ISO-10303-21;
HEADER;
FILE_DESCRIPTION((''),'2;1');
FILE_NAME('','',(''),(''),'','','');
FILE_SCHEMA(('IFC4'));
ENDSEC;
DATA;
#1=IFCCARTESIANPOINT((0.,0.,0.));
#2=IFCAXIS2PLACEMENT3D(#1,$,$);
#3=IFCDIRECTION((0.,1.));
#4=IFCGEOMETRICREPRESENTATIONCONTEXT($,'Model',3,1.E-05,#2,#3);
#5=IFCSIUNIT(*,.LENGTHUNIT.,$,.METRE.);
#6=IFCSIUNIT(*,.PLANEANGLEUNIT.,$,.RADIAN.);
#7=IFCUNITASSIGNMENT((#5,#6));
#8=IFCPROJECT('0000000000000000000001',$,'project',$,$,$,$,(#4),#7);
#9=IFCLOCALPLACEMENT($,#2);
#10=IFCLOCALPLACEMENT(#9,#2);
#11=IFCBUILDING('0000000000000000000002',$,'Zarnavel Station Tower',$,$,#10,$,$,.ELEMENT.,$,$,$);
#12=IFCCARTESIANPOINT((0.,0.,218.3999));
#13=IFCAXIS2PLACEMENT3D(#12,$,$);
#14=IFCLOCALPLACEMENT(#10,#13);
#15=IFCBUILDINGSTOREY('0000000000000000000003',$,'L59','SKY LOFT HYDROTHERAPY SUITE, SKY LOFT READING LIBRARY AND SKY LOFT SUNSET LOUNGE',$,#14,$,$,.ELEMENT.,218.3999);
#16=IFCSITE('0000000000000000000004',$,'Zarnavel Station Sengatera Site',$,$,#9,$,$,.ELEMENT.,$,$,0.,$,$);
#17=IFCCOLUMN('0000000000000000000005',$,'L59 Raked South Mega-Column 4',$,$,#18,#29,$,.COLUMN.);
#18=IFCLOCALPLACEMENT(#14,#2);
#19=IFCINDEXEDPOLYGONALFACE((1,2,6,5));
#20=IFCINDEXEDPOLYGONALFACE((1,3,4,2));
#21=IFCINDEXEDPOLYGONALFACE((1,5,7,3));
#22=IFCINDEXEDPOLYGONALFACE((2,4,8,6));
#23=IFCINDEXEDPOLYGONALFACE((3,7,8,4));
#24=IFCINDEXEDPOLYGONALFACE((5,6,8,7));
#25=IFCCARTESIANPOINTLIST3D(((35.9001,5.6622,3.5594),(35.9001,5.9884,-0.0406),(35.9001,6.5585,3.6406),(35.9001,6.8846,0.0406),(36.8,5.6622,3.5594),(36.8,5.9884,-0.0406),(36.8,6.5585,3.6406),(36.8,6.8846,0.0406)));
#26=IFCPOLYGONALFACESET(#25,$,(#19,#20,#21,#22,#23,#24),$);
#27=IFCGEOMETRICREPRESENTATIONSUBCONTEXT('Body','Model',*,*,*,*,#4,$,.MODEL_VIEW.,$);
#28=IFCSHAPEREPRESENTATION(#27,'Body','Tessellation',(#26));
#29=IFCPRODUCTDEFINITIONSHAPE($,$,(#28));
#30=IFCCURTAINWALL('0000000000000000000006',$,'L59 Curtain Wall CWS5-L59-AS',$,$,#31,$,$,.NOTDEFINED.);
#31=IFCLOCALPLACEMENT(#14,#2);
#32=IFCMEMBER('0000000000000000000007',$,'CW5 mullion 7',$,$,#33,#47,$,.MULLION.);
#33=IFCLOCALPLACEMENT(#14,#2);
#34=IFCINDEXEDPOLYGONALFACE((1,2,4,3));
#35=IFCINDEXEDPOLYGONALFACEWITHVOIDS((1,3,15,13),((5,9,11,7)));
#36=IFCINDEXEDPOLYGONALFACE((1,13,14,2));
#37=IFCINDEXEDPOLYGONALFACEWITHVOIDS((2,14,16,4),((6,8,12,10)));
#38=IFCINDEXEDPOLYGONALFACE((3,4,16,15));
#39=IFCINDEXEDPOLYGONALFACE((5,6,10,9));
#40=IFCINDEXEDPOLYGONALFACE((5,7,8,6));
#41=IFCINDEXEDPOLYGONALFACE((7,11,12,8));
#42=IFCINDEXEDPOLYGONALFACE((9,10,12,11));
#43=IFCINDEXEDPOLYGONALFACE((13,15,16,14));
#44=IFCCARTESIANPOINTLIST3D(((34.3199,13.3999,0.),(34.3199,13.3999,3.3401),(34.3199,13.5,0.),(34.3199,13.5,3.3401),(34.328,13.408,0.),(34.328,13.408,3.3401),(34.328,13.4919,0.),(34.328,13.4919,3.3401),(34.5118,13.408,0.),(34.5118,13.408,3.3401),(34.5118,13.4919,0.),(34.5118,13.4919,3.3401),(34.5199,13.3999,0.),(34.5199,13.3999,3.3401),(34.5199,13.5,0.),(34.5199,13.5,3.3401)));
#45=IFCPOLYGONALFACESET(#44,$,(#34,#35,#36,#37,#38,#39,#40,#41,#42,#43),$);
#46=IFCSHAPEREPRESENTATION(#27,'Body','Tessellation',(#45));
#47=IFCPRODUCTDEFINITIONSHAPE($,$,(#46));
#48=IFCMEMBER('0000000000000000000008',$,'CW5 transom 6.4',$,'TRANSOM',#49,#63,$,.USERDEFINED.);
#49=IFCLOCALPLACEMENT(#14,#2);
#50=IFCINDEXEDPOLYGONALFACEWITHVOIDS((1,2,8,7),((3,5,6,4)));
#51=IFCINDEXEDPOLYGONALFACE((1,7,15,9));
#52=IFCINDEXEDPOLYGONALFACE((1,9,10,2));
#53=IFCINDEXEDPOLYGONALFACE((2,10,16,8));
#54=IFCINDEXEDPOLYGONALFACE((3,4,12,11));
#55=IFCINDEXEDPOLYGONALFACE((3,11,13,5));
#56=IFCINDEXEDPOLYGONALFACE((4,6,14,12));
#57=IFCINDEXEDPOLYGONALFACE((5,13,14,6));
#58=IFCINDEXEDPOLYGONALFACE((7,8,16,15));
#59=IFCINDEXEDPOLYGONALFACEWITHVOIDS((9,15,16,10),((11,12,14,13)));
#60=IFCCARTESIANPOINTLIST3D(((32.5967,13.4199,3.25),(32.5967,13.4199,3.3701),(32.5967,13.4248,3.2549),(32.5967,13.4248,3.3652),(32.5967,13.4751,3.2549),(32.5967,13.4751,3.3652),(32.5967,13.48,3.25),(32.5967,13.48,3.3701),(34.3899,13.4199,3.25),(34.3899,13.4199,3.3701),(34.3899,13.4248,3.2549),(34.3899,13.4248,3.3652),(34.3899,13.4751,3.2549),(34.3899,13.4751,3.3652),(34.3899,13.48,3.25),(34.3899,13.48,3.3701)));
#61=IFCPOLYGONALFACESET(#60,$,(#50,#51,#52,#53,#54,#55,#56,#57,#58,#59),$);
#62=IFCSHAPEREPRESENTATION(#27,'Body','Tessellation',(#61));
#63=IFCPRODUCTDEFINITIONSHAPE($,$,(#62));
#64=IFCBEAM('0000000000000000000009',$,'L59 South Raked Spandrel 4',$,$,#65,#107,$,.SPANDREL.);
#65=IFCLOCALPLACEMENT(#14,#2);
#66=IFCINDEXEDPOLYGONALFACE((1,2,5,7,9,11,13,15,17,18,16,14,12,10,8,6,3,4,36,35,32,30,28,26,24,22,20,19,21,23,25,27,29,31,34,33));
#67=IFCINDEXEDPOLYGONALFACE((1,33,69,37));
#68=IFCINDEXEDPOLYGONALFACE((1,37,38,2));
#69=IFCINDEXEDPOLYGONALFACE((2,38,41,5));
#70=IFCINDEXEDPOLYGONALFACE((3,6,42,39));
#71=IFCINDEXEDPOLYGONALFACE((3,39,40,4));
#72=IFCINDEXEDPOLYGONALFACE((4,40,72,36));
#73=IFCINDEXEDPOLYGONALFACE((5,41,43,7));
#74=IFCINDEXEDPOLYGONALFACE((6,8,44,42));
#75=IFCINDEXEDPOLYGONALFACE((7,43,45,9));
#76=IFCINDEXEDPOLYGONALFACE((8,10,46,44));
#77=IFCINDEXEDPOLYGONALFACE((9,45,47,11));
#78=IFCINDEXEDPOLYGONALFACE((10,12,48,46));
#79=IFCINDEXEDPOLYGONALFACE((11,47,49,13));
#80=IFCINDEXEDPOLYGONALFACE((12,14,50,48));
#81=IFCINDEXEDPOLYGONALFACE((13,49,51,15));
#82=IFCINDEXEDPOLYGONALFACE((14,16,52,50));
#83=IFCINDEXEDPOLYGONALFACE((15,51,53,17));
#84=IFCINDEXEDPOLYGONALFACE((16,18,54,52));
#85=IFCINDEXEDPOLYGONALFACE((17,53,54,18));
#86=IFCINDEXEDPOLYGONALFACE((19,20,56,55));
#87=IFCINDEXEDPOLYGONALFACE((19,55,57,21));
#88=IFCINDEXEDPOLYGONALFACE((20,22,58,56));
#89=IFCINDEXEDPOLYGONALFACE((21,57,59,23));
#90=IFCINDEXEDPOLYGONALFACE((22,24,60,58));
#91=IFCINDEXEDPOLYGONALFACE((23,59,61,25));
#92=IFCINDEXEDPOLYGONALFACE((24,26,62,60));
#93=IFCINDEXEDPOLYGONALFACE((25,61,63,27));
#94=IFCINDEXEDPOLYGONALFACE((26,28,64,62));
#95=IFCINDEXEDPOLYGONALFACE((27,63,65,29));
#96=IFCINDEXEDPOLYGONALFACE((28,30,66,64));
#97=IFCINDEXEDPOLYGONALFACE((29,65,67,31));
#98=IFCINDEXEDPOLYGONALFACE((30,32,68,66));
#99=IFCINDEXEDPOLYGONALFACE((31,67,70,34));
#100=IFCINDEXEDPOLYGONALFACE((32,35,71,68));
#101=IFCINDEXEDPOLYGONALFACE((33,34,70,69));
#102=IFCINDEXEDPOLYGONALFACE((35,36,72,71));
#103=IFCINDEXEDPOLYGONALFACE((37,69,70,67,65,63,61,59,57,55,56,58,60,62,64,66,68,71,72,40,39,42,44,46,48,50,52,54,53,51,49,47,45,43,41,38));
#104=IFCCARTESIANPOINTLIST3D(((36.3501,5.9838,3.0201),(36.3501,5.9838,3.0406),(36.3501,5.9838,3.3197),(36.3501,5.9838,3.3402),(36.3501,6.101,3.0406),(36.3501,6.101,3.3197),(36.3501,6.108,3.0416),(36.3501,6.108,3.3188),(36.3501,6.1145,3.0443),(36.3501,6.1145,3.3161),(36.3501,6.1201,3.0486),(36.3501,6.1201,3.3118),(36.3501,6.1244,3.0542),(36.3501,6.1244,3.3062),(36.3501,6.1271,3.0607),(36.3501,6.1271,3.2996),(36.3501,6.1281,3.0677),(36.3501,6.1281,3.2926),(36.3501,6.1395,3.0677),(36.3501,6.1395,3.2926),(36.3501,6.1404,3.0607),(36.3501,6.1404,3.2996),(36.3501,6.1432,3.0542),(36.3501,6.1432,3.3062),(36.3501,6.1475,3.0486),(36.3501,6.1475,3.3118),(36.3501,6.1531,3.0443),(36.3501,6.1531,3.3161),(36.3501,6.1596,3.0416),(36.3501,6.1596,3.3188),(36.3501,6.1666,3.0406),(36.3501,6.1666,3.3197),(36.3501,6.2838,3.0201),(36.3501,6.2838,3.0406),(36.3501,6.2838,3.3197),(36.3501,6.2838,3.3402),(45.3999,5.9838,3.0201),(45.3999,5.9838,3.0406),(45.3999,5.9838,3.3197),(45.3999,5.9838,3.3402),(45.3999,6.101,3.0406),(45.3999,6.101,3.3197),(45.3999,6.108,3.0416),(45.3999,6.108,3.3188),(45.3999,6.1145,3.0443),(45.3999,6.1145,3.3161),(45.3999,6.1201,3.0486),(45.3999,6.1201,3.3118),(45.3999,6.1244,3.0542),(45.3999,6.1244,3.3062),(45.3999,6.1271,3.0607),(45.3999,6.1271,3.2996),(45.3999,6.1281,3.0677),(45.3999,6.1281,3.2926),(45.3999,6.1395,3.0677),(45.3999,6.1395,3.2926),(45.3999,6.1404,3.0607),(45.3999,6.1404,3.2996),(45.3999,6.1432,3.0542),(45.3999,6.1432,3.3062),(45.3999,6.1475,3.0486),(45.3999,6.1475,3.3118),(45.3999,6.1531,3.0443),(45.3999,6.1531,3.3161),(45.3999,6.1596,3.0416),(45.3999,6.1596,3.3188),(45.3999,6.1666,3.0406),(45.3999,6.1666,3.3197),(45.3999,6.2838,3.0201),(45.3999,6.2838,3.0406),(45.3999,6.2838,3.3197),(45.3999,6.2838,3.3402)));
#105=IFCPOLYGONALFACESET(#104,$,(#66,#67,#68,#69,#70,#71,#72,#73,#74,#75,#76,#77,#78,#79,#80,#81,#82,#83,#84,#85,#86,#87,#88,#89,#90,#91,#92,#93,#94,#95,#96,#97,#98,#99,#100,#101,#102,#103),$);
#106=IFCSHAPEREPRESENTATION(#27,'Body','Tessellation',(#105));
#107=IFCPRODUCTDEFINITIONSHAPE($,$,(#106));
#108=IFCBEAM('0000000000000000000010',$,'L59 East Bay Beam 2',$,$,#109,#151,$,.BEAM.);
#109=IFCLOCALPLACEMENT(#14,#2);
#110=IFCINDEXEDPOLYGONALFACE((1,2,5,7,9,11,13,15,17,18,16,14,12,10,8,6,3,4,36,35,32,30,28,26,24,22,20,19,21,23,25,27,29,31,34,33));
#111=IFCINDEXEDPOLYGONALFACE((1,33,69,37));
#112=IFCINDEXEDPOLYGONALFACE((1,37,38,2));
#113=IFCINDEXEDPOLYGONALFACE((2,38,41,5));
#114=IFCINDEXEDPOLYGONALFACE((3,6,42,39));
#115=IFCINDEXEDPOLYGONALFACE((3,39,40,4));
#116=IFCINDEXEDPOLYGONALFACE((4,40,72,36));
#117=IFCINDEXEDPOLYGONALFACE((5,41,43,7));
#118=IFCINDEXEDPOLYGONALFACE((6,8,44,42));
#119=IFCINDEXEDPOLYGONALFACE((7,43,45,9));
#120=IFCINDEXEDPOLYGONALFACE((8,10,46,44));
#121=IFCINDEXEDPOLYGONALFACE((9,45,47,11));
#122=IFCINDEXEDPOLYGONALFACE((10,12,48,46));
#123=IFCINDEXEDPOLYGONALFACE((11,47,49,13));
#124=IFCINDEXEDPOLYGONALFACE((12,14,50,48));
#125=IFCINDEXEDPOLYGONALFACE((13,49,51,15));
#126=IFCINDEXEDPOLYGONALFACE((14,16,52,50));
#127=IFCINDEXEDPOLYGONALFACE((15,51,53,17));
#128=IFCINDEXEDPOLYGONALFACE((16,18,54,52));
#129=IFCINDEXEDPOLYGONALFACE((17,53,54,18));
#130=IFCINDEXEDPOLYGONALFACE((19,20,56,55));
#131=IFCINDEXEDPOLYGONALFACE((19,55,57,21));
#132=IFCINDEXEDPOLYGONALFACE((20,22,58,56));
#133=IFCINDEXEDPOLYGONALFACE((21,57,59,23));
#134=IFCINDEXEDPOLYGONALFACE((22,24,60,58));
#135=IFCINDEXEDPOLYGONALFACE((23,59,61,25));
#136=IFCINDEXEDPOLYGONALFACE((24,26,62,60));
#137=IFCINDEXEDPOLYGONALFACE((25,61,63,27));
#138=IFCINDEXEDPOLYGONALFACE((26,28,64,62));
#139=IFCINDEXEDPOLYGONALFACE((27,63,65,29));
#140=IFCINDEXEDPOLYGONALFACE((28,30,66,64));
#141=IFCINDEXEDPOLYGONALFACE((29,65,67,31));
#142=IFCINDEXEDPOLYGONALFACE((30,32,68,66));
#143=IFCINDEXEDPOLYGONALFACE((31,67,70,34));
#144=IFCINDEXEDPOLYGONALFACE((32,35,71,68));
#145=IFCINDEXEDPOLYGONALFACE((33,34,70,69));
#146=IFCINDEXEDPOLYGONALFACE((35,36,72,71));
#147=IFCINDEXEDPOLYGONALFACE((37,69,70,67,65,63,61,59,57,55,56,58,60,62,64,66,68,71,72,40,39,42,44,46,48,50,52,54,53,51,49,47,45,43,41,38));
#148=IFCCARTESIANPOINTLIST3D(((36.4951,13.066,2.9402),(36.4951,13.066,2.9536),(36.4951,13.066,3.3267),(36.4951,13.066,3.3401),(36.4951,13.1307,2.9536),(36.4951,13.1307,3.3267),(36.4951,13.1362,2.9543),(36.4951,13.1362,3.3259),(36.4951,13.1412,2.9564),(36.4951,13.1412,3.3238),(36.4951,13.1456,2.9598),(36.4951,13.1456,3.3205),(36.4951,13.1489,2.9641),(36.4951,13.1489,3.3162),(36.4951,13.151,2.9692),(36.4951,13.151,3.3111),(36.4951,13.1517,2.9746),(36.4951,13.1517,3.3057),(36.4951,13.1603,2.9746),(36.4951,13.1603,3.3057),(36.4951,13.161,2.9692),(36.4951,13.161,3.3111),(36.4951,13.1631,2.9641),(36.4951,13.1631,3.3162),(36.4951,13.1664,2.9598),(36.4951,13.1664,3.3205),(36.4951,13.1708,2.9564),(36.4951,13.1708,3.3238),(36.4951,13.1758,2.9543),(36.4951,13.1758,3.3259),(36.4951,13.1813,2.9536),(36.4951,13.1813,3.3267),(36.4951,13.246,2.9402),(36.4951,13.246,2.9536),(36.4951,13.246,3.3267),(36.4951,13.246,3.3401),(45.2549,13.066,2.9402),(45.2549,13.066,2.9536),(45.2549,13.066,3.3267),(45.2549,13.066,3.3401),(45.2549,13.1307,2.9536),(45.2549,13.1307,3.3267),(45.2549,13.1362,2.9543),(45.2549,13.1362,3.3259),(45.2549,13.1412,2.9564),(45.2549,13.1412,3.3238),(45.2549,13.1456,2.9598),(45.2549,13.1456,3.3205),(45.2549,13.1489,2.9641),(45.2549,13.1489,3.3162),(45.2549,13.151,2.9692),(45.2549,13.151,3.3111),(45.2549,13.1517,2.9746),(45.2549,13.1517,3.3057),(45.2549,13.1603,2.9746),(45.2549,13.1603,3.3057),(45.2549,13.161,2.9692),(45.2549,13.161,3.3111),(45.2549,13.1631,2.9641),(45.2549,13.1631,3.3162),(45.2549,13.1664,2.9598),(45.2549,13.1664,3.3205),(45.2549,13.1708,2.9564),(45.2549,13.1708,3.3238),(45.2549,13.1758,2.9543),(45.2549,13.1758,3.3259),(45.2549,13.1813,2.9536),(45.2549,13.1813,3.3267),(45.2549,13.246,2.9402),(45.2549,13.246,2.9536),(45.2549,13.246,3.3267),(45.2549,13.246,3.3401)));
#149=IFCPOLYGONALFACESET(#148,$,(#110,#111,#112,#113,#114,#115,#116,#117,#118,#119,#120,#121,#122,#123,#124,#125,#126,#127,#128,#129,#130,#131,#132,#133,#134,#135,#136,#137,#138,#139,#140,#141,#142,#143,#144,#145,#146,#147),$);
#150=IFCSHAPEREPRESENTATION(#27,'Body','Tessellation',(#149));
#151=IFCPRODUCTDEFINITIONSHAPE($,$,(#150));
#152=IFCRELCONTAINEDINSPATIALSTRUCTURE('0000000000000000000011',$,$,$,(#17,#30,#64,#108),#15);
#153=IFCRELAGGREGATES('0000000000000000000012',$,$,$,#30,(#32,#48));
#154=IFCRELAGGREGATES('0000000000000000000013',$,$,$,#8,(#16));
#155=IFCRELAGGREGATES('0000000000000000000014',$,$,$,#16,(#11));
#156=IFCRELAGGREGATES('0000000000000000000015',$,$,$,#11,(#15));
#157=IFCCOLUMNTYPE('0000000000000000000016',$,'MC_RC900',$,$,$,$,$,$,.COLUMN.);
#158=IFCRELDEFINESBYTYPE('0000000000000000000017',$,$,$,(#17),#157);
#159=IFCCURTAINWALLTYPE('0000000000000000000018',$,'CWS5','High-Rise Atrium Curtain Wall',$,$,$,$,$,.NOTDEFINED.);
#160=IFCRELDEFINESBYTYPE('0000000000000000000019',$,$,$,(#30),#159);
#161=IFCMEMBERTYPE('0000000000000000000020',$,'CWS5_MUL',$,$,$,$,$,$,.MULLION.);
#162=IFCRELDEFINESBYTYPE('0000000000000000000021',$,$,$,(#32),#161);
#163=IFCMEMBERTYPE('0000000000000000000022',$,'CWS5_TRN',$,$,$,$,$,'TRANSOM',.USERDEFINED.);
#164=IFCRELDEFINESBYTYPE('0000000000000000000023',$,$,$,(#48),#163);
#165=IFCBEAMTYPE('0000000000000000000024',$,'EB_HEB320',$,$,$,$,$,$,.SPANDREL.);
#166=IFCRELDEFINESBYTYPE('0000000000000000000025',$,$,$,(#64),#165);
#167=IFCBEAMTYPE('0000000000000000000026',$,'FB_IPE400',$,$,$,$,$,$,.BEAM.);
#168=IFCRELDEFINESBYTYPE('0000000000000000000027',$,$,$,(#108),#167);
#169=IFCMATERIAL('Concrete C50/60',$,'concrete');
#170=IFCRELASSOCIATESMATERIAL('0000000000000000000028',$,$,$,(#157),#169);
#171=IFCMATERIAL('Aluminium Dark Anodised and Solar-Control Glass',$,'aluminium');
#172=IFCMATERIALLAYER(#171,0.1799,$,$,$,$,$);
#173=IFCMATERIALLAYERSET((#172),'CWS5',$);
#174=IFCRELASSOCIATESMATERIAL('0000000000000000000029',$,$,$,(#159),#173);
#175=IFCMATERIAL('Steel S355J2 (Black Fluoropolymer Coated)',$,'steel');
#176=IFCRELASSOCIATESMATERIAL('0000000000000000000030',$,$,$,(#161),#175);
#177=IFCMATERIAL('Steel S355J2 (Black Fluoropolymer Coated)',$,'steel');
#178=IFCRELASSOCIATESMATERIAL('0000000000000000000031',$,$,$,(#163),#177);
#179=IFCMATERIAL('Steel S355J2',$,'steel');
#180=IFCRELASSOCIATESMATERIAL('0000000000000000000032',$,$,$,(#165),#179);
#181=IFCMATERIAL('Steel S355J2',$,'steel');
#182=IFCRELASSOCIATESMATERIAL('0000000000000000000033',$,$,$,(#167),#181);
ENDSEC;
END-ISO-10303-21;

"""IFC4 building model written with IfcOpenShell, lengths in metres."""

from ifc_helpers import new_model, si_unit, direction, frame, origin, origin_2d, place, context, subcontext, project, spatial, rectangle, hollow_rectangle, i_section, extrude, material, layer, layer_set, material_profile, profile_set, type_object, element, aggregate, save


model = new_model("IFC4")

# Units and contexts
model_context = context("Model", 3, precision=1e-05, world=origin(), true_north=direction((0.0, 1.0)))
body_context = subcontext(model_context, "Body", "Model", "MODEL_VIEW")
ifc_project = project(units=[si_unit("LENGTHUNIT", "METRE"), si_unit("PLANEANGLEUNIT", "RADIAN")], contexts=[model_context])

# Site, building, storey
site_placement = place(None, origin())
site = spatial("IfcSite", under=ifc_project, at=site_placement, Name="Zarnavel Station Sengatera Site", CompositionType="ELEMENT", RefElevation=0.0)
building_placement = place(site_placement, origin())
building = spatial("IfcBuilding", under=site, at=building_placement, Name="Zarnavel Station Tower", CompositionType="ELEMENT")
storey_placement = place(building_placement, frame((0.0, 0.0, 218.3999)))
storey = spatial("IfcBuildingStorey", under=building, at=storey_placement, Name="L59", Description="SKY LOFT HYDROTHERAPY SUITE, SKY LOFT READING LIBRARY AND SKY LOFT SUNSET LOUNGE", CompositionType="ELEMENT", Elevation=218.3999)

# Column
ifc_material_1 = material(Name="Concrete C50/60", Category="concrete")
ifc_material_profile_1 = material_profile(ifc_material_1, rectangle(XDim=0.8999, YDim=0.8999, at=origin_2d()), Name="RC900x900")
ifc_profile_set_1 = profile_set([ifc_material_profile_1], Name="Concrete C50/60")
column_type = type_object("IfcColumnType", Name="MC_RC900", PredefinedType="COLUMN", material=ifc_profile_set_1)
column_placement = place(storey_placement, frame((36.3501, 6.4365, 0.0), z_axis=(0.0, -0.090231, 0.995921), x_axis=(1.0, 0.0, 0.0)))
element("IfcColumn", 1, at=column_placement, inside=storey, type_object=column_type, Name="L59 Raked South Mega-Column 4", PredefinedType="COLUMN", context=body_context, shape_type="SweptSolid", body=[
    extrude(rectangle(XDim=0.8999, YDim=0.8999, at=origin_2d()), origin(), (0.0, 0.0, 1.0), 3.6147),
])

# Curtain wall, members
ifc_material_2 = material(Name="Aluminium Dark Anodised and Solar-Control Glass", Category="aluminium")
ifc_layer_1 = layer(ifc_material_2, 0.1799)
ifc_layer_set_1 = layer_set([ifc_layer_1], Name="CWS5")
curtain_wall_type = type_object("IfcCurtainWallType", Name="CWS5", Description="High-Rise Atrium Curtain Wall", PredefinedType="NOTDEFINED", material=ifc_layer_set_1)
curtain_wall_placement = place(storey_placement, origin())
curtain_wall = element("IfcCurtainWall", 2, at=curtain_wall_placement, inside=storey, type_object=curtain_wall_type, Name="L59 Curtain Wall CWS5-L59-AS", PredefinedType="NOTDEFINED")
ifc_material_3 = material(Name="Steel S355J2 (Black Fluoropolymer Coated)", Category="steel")
ifc_material_profile_2 = material_profile(ifc_material_3, hollow_rectangle(XDim=0.1001, YDim=0.2, WallThickness=0.0081, at=origin_2d()), Name="RHS200x100x8")
ifc_profile_set_2 = profile_set([ifc_material_profile_2], Name="Steel S355J2 (Black Fluoropolymer Coated)")
member_type_1 = type_object("IfcMemberType", Name="CWS5_MUL", PredefinedType="MULLION", material=ifc_profile_set_2)
member_1_placement = place(storey_placement, frame((34.4199, 13.45, 0.0), z_axis=(0.0, 0.0, 1.0), x_axis=(0.0, 1.0, 0.0)))
member_1 = element("IfcMember", 3, at=member_1_placement, type_object=member_type_1, Name="CW5 mullion 7", PredefinedType="MULLION", context=body_context, shape_type="SweptSolid", body=[
    extrude(hollow_rectangle(XDim=0.1001, YDim=0.2, WallThickness=0.0081, at=origin_2d()), origin(), (0.0, 0.0, 1.0), 3.3401),
])
ifc_material_4 = material(Name="Steel S355J2 (Black Fluoropolymer Coated)", Category="steel")
ifc_material_profile_3 = material_profile(ifc_material_4, hollow_rectangle(XDim=0.0601, YDim=0.1201, WallThickness=0.0049, at=origin_2d()), Name="RHS120x60x5")
ifc_profile_set_3 = profile_set([ifc_material_profile_3], Name="Steel S355J2 (Black Fluoropolymer Coated)")
member_type_2 = type_object("IfcMemberType", Name="CWS5_TRN", ElementType="TRANSOM", PredefinedType="USERDEFINED", material=ifc_profile_set_3)
member_2_placement = place(storey_placement, frame((32.5967, 13.45, 3.3101), z_axis=(1.0, 0.0, 0.0), x_axis=(0.0, 1.0, 0.0)))
member_2 = element("IfcMember", 4, at=member_2_placement, type_object=member_type_2, Name="CW5 transom 6.4", ObjectType="TRANSOM", PredefinedType="USERDEFINED", context=body_context, shape_type="SweptSolid", body=[
    extrude(hollow_rectangle(XDim=0.0601, YDim=0.1201, WallThickness=0.0049, at=origin_2d()), origin(), (0.0, 0.0, 1.0), 1.7932),
])

# Beams
ifc_material_5 = material(Name="Steel S355J2", Category="steel")
ifc_material_profile_4 = material_profile(ifc_material_5, i_section(OverallWidth=0.3, OverallDepth=0.3201, WebThickness=0.0115, FlangeThickness=0.0205, FilletRadius=0.0271, at=origin_2d()), Name="HEB320")
ifc_profile_set_4 = profile_set([ifc_material_profile_4], Name="Steel S355J2")
beam_type_1 = type_object("IfcBeamType", Name="EB_HEB320", PredefinedType="SPANDREL", material=ifc_profile_set_4)
beam_1_placement = place(storey_placement, frame((36.3501, 6.1338, 3.1802), z_axis=(1.0, 0.0, 0.0), x_axis=(0.0, 1.0, 0.0)))
element("IfcBeam", 5, at=beam_1_placement, inside=storey, type_object=beam_type_1, Name="L59 South Raked Spandrel 4", PredefinedType="SPANDREL", context=body_context, shape_type="SweptSolid", body=[
    extrude(i_section(OverallWidth=0.3, OverallDepth=0.3201, WebThickness=0.0115, FlangeThickness=0.0205, FilletRadius=0.0271, at=origin_2d()), origin(), (0.0, 0.0, 1.0), 9.0498),
])
ifc_material_6 = material(Name="Steel S355J2", Category="steel")
ifc_material_profile_5 = material_profile(ifc_material_6, i_section(OverallWidth=0.1799, OverallDepth=0.3999, WebThickness=0.0085, FlangeThickness=0.0134, FilletRadius=0.021, at=origin_2d()), Name="IPE400")
ifc_profile_set_5 = profile_set([ifc_material_profile_5], Name="Steel S355J2")
beam_type_2 = type_object("IfcBeamType", Name="FB_IPE400", PredefinedType="BEAM", material=ifc_profile_set_5)
for number, where, z_axis, x_axis, name in (
    (6, (36.4951, 13.156, 3.1401), (1.0, 0.0, 0.0), (0.0, 1.0, 0.0), "L59 East Bay Beam 2"),
):
    element("IfcBeam", number, at=place(storey_placement, frame(where, z_axis=z_axis, x_axis=x_axis)), inside=storey, type_object=beam_type_2, Name=name, PredefinedType="BEAM", context=body_context, shape_type="SweptSolid", body=[
        extrude(i_section(OverallWidth=0.1799, OverallDepth=0.3999, WebThickness=0.0085, FlangeThickness=0.0134, FilletRadius=0.021, at=origin_2d()), origin(), (0.0, 0.0, 1.0), 8.7598),
    ])

aggregate(curtain_wall, [member_1, member_2])

save(model, "model.ifc")
